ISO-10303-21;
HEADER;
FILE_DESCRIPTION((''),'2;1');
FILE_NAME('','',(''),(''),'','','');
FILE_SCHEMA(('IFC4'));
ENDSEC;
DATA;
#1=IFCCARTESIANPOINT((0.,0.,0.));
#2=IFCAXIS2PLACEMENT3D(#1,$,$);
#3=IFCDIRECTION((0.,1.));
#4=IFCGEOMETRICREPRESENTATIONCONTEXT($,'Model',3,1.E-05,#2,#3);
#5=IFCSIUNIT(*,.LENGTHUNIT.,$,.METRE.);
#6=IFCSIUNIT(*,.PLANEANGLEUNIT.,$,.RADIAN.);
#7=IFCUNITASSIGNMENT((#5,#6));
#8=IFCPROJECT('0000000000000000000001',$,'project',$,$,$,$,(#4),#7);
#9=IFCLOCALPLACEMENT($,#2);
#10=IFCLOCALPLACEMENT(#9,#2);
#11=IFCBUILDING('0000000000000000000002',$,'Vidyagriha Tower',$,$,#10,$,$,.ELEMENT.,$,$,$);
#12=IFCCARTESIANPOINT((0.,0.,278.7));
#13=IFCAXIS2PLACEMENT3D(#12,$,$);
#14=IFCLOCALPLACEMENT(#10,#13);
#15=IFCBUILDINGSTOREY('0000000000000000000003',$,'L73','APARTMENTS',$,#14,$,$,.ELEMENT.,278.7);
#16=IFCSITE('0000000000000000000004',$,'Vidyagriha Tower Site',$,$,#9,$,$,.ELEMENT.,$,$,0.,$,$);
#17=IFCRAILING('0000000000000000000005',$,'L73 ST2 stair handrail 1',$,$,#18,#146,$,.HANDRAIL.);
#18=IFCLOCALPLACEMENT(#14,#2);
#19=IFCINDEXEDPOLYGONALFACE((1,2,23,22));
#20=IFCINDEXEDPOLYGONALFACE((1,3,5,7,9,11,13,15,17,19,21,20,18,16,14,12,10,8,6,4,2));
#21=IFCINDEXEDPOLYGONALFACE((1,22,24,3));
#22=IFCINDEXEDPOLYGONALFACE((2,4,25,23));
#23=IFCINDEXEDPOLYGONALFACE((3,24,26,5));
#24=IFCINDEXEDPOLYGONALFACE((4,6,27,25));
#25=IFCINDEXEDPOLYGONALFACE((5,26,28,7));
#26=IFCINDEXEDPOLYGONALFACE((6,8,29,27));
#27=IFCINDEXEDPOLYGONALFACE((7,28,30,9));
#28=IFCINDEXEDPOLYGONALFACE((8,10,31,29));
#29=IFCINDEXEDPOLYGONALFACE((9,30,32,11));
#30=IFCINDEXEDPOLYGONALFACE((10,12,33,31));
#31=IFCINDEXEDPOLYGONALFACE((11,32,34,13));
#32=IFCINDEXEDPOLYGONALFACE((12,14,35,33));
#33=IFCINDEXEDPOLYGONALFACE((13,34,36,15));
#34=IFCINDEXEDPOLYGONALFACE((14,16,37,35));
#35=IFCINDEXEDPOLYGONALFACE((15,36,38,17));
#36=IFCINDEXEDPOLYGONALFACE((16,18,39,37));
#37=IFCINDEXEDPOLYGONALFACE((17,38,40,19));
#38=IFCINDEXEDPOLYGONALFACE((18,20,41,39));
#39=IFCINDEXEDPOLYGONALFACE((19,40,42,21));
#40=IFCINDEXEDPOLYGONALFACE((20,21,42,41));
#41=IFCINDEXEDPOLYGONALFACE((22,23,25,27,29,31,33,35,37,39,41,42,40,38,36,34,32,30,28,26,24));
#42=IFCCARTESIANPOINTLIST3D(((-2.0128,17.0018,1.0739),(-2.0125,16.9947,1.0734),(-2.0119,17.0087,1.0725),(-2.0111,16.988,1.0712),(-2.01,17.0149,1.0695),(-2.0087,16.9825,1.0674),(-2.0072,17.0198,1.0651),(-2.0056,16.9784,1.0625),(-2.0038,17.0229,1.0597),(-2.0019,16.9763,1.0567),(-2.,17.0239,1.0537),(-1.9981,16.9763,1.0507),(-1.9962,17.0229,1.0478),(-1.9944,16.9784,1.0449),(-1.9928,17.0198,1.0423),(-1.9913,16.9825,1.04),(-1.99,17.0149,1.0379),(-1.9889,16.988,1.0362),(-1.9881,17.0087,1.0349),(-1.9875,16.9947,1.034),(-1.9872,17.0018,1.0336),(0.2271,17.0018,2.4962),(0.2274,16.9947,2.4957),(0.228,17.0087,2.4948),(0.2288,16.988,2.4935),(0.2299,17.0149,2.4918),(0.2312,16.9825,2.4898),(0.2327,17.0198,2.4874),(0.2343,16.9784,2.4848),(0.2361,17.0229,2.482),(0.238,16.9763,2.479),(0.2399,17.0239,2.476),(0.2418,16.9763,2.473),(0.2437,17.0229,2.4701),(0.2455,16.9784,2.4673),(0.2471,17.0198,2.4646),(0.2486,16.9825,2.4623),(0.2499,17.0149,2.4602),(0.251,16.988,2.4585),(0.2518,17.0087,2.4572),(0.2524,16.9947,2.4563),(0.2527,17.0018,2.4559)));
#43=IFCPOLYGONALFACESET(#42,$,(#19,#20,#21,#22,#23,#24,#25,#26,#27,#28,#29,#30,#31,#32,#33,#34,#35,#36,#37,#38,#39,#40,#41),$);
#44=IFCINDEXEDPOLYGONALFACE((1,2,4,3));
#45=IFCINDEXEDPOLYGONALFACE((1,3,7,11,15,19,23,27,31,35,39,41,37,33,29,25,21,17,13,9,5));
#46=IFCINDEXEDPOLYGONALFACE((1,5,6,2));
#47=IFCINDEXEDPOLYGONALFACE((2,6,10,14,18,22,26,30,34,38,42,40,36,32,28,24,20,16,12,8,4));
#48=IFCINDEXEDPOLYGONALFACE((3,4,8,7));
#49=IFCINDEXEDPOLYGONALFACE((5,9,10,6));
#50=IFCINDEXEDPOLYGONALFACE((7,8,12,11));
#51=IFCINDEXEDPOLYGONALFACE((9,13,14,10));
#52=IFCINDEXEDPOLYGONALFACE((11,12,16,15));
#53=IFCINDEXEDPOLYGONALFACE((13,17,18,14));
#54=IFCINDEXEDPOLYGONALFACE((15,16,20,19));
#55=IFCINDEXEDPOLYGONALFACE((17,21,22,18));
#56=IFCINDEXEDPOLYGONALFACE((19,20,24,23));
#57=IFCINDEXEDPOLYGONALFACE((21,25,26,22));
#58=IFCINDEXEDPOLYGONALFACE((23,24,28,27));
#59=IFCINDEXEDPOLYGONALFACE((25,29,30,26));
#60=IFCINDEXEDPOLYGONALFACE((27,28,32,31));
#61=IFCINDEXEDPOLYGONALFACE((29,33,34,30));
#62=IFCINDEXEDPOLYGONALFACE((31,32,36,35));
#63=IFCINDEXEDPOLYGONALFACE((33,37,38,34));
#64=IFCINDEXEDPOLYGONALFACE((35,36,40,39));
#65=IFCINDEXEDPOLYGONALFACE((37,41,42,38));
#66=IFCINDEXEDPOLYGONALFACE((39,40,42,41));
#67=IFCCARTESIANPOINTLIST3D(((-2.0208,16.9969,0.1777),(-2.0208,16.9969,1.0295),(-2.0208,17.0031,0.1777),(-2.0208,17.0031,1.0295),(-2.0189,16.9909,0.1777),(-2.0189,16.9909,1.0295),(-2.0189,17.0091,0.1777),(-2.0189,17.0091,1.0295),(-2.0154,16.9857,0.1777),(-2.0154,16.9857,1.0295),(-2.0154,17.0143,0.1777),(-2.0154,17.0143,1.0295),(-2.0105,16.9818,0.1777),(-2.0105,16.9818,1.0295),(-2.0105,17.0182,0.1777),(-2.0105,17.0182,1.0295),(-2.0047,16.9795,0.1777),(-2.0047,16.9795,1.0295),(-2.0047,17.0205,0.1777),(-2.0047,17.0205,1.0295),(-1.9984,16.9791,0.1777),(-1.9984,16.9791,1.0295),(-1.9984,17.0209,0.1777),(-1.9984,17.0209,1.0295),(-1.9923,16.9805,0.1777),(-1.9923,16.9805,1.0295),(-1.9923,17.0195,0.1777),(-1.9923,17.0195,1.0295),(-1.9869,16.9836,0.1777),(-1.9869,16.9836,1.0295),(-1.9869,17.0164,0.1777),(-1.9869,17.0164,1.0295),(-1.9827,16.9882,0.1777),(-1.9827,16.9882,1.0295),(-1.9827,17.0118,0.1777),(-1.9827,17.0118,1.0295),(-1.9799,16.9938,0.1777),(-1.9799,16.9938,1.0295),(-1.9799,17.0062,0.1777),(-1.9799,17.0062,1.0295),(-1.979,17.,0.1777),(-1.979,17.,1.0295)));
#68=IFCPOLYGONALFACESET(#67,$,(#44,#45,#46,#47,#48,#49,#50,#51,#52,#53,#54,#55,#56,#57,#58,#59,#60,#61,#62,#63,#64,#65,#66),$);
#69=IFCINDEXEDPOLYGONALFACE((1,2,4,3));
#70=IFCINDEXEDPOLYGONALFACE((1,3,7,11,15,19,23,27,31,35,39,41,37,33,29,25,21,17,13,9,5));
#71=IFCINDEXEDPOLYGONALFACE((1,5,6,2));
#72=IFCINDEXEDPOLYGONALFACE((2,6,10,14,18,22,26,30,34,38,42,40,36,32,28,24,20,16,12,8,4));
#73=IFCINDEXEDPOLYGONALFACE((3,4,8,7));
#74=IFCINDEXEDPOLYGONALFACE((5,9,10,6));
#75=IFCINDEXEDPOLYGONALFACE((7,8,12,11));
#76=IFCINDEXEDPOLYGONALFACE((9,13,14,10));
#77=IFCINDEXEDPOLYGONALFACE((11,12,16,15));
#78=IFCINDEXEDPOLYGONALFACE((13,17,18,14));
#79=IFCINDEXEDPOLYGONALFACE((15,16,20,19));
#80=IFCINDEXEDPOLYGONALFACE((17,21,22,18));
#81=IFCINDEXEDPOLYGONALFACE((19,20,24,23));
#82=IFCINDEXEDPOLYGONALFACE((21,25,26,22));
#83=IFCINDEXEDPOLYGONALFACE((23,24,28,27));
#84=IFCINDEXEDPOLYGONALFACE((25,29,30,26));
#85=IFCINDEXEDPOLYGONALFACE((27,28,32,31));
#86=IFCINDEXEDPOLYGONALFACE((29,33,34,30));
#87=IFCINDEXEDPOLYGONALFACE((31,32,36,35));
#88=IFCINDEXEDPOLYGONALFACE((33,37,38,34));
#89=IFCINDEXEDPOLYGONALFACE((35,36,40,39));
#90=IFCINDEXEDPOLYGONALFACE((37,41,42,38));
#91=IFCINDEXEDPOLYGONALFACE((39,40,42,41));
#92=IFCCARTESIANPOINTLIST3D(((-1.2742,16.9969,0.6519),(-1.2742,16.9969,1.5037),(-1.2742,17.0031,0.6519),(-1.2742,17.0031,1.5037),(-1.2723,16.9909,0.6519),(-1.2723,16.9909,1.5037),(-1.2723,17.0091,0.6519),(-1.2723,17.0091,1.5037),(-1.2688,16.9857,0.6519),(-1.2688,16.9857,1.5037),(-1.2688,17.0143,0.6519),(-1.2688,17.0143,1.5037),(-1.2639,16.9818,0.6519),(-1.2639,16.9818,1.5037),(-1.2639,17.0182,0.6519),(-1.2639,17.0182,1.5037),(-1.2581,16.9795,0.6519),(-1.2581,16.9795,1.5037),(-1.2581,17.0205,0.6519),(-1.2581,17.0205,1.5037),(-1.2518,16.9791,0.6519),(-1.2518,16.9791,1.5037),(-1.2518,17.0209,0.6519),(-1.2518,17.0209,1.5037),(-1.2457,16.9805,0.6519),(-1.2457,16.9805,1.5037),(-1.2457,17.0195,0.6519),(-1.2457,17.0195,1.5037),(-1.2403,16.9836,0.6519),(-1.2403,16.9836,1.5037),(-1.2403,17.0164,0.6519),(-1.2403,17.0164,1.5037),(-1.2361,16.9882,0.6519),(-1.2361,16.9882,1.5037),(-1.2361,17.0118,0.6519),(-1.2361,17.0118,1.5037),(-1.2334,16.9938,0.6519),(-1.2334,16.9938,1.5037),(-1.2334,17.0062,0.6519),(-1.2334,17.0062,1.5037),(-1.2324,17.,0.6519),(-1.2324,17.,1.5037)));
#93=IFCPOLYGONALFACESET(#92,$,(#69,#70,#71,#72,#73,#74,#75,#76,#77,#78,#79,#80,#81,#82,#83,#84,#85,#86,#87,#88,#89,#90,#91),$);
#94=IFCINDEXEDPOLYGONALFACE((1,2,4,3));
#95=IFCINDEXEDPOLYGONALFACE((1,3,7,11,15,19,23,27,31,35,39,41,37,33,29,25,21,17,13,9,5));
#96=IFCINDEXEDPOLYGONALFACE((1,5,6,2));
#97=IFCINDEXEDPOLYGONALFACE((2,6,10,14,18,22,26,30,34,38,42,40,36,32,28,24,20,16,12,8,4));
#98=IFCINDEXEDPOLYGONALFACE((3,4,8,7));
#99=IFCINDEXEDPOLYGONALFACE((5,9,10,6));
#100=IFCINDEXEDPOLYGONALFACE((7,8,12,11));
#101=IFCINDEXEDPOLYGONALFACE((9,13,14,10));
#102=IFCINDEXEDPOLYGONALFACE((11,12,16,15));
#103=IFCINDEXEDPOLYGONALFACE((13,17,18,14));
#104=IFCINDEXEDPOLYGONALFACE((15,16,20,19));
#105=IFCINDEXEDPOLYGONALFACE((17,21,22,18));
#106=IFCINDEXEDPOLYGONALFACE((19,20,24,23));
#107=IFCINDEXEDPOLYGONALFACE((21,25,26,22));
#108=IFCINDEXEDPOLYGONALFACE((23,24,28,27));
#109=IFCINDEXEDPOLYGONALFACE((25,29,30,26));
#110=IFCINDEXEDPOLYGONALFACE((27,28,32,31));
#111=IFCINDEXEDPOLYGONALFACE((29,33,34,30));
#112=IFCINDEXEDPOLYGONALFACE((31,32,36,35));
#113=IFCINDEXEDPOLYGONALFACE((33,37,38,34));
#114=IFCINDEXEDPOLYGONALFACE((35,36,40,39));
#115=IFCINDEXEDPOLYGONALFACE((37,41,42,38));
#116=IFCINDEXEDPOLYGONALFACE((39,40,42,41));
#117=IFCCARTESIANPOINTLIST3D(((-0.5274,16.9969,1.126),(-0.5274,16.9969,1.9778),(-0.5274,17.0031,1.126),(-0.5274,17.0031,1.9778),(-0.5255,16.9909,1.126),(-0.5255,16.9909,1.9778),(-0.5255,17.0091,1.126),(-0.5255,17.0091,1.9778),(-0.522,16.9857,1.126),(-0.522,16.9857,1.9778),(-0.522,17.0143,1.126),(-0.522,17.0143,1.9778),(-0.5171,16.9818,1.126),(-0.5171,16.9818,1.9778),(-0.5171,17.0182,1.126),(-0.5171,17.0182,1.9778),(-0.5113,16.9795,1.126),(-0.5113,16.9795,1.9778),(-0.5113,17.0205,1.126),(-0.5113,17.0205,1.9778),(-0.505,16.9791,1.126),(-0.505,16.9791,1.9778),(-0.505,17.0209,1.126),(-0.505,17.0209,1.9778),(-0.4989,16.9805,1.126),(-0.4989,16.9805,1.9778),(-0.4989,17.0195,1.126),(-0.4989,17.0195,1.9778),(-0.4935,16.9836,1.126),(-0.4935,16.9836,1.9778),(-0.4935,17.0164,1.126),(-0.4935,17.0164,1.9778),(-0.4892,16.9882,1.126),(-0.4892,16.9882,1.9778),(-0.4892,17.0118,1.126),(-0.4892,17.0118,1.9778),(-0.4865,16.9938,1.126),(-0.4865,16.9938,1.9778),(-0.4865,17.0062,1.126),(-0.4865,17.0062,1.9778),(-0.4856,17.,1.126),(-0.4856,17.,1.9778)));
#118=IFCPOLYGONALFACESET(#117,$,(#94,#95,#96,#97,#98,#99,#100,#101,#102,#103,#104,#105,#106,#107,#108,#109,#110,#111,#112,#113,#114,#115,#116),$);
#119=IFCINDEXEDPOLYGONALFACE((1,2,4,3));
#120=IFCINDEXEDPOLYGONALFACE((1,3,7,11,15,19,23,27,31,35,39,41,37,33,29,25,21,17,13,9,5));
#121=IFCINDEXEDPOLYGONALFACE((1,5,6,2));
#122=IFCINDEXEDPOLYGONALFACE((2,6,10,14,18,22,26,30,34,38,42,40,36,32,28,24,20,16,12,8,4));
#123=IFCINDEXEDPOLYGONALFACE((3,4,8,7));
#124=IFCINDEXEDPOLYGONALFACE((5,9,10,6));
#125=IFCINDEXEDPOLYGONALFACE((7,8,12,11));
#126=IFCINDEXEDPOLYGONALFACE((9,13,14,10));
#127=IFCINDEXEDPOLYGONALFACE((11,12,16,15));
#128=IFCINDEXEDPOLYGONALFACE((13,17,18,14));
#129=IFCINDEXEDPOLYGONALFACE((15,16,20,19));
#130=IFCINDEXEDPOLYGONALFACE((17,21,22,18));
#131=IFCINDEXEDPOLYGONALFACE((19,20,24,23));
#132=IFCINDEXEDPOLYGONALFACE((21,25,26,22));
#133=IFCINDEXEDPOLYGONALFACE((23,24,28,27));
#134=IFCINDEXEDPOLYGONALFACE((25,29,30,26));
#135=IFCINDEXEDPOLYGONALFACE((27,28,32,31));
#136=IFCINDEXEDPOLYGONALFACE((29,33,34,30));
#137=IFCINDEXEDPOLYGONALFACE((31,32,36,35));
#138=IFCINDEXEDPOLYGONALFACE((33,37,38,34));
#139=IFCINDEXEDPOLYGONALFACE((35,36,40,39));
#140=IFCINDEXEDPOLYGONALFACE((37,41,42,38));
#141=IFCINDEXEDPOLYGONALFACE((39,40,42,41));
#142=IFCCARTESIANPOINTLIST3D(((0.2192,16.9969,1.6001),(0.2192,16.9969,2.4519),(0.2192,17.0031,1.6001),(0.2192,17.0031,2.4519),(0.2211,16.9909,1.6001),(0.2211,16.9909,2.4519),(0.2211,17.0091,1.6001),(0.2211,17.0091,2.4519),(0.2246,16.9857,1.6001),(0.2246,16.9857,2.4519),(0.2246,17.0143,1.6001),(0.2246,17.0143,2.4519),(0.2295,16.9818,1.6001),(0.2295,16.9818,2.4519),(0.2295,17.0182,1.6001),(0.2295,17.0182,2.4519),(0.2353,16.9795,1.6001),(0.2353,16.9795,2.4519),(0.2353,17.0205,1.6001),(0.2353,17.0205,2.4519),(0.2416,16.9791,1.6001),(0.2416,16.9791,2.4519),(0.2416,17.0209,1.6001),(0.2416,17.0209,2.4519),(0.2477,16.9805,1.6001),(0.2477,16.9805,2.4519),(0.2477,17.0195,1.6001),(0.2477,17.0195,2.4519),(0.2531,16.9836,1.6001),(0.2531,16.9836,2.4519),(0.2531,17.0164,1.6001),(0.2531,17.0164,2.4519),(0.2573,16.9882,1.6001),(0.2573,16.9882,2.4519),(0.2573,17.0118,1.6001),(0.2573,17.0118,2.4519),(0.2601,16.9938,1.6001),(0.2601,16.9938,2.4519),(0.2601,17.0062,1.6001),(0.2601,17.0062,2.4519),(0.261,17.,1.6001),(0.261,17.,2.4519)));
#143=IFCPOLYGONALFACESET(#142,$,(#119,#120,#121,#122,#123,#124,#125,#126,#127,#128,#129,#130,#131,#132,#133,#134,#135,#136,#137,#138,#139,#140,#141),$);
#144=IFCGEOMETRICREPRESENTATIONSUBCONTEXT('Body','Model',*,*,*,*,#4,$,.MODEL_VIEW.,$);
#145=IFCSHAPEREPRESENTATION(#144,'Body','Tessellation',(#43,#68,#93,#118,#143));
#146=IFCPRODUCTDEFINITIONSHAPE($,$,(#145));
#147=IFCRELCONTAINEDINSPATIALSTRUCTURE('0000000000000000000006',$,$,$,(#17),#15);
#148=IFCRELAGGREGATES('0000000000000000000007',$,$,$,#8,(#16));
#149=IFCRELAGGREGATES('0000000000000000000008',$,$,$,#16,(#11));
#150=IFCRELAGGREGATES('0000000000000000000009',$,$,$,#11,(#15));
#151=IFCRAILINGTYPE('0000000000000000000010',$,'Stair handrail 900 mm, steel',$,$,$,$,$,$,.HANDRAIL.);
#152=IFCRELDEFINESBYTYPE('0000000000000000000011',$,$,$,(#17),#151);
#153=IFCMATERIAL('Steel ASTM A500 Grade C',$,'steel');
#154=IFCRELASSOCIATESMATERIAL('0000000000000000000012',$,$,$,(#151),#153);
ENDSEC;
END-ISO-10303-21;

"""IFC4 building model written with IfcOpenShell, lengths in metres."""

from ifc_helpers import new_model, si_unit, direction, frame, origin, origin_2d, place, context, subcontext, project, spatial, circle, extrude, material, type_object, element, save


model = new_model("IFC4")

# Units and contexts
model_context = context("Model", 3, precision=1e-05, world=origin(), true_north=direction((0.0, 1.0)))
body_context = subcontext(model_context, "Body", "Model", "MODEL_VIEW")
ifc_project = project(units=[si_unit("LENGTHUNIT", "METRE"), si_unit("PLANEANGLEUNIT", "RADIAN")], contexts=[model_context])

# Site, building, storey
site_placement = place(None, origin())
site = spatial("IfcSite", under=ifc_project, at=site_placement, Name="Vidyagriha Tower Site", CompositionType="ELEMENT", RefElevation=0.0)
building_placement = place(site_placement, origin())
building = spatial("IfcBuilding", under=site, at=building_placement, Name="Vidyagriha Tower", CompositionType="ELEMENT")
storey_placement = place(building_placement, frame((0.0, 0.0, 278.7)))
storey = spatial("IfcBuildingStorey", under=building, at=storey_placement, Name="L73", Description="APARTMENTS", CompositionType="ELEMENT", Elevation=278.7)

# Railing
ifc_material_1 = material(Name="Steel ASTM A500 Grade C", Category="steel")
railing_type = type_object("IfcRailingType", Name="Stair handrail 900 mm, steel", PredefinedType="HANDRAIL", material=ifc_material_1)
for number, where, name in (
    (1, (-2.0, 17.0, 0.1777), "L73 ST2 stair handrail 1"),
):
    element("IfcRailing", number, at=place(storey_placement, frame(where)), inside=storey, type_object=railing_type, Name=name, PredefinedType="HANDRAIL", context=body_context, shape_type="SweptSolid", body=[
        extrude(circle(Radius=0.0239, at=origin_2d()), frame((0.0, 0.0, 0.876), z_axis=(0.844188, 0.0, 0.536048), x_axis=(0.0, 1.0, 0.0)), (0.0, 0.0, 1.0), 2.6533),
        extrude(circle(Radius=0.021, at=origin_2d()), origin(), (0.0, 0.0, 1.0), 0.8518),
        extrude(circle(Radius=0.021, at=origin_2d()), frame((0.7466, 0.0, 0.4741)), (0.0, 0.0, 1.0), 0.8518),
        extrude(circle(Radius=0.021, at=origin_2d()), frame((1.4934, 0.0, 0.9482)), (0.0, 0.0, 1.0), 0.8518),
        extrude(circle(Radius=0.021, at=origin_2d()), frame((2.24, 0.0, 1.4224)), (0.0, 0.0, 1.0), 0.8518),
    ])

save(model, "model.ifc")
